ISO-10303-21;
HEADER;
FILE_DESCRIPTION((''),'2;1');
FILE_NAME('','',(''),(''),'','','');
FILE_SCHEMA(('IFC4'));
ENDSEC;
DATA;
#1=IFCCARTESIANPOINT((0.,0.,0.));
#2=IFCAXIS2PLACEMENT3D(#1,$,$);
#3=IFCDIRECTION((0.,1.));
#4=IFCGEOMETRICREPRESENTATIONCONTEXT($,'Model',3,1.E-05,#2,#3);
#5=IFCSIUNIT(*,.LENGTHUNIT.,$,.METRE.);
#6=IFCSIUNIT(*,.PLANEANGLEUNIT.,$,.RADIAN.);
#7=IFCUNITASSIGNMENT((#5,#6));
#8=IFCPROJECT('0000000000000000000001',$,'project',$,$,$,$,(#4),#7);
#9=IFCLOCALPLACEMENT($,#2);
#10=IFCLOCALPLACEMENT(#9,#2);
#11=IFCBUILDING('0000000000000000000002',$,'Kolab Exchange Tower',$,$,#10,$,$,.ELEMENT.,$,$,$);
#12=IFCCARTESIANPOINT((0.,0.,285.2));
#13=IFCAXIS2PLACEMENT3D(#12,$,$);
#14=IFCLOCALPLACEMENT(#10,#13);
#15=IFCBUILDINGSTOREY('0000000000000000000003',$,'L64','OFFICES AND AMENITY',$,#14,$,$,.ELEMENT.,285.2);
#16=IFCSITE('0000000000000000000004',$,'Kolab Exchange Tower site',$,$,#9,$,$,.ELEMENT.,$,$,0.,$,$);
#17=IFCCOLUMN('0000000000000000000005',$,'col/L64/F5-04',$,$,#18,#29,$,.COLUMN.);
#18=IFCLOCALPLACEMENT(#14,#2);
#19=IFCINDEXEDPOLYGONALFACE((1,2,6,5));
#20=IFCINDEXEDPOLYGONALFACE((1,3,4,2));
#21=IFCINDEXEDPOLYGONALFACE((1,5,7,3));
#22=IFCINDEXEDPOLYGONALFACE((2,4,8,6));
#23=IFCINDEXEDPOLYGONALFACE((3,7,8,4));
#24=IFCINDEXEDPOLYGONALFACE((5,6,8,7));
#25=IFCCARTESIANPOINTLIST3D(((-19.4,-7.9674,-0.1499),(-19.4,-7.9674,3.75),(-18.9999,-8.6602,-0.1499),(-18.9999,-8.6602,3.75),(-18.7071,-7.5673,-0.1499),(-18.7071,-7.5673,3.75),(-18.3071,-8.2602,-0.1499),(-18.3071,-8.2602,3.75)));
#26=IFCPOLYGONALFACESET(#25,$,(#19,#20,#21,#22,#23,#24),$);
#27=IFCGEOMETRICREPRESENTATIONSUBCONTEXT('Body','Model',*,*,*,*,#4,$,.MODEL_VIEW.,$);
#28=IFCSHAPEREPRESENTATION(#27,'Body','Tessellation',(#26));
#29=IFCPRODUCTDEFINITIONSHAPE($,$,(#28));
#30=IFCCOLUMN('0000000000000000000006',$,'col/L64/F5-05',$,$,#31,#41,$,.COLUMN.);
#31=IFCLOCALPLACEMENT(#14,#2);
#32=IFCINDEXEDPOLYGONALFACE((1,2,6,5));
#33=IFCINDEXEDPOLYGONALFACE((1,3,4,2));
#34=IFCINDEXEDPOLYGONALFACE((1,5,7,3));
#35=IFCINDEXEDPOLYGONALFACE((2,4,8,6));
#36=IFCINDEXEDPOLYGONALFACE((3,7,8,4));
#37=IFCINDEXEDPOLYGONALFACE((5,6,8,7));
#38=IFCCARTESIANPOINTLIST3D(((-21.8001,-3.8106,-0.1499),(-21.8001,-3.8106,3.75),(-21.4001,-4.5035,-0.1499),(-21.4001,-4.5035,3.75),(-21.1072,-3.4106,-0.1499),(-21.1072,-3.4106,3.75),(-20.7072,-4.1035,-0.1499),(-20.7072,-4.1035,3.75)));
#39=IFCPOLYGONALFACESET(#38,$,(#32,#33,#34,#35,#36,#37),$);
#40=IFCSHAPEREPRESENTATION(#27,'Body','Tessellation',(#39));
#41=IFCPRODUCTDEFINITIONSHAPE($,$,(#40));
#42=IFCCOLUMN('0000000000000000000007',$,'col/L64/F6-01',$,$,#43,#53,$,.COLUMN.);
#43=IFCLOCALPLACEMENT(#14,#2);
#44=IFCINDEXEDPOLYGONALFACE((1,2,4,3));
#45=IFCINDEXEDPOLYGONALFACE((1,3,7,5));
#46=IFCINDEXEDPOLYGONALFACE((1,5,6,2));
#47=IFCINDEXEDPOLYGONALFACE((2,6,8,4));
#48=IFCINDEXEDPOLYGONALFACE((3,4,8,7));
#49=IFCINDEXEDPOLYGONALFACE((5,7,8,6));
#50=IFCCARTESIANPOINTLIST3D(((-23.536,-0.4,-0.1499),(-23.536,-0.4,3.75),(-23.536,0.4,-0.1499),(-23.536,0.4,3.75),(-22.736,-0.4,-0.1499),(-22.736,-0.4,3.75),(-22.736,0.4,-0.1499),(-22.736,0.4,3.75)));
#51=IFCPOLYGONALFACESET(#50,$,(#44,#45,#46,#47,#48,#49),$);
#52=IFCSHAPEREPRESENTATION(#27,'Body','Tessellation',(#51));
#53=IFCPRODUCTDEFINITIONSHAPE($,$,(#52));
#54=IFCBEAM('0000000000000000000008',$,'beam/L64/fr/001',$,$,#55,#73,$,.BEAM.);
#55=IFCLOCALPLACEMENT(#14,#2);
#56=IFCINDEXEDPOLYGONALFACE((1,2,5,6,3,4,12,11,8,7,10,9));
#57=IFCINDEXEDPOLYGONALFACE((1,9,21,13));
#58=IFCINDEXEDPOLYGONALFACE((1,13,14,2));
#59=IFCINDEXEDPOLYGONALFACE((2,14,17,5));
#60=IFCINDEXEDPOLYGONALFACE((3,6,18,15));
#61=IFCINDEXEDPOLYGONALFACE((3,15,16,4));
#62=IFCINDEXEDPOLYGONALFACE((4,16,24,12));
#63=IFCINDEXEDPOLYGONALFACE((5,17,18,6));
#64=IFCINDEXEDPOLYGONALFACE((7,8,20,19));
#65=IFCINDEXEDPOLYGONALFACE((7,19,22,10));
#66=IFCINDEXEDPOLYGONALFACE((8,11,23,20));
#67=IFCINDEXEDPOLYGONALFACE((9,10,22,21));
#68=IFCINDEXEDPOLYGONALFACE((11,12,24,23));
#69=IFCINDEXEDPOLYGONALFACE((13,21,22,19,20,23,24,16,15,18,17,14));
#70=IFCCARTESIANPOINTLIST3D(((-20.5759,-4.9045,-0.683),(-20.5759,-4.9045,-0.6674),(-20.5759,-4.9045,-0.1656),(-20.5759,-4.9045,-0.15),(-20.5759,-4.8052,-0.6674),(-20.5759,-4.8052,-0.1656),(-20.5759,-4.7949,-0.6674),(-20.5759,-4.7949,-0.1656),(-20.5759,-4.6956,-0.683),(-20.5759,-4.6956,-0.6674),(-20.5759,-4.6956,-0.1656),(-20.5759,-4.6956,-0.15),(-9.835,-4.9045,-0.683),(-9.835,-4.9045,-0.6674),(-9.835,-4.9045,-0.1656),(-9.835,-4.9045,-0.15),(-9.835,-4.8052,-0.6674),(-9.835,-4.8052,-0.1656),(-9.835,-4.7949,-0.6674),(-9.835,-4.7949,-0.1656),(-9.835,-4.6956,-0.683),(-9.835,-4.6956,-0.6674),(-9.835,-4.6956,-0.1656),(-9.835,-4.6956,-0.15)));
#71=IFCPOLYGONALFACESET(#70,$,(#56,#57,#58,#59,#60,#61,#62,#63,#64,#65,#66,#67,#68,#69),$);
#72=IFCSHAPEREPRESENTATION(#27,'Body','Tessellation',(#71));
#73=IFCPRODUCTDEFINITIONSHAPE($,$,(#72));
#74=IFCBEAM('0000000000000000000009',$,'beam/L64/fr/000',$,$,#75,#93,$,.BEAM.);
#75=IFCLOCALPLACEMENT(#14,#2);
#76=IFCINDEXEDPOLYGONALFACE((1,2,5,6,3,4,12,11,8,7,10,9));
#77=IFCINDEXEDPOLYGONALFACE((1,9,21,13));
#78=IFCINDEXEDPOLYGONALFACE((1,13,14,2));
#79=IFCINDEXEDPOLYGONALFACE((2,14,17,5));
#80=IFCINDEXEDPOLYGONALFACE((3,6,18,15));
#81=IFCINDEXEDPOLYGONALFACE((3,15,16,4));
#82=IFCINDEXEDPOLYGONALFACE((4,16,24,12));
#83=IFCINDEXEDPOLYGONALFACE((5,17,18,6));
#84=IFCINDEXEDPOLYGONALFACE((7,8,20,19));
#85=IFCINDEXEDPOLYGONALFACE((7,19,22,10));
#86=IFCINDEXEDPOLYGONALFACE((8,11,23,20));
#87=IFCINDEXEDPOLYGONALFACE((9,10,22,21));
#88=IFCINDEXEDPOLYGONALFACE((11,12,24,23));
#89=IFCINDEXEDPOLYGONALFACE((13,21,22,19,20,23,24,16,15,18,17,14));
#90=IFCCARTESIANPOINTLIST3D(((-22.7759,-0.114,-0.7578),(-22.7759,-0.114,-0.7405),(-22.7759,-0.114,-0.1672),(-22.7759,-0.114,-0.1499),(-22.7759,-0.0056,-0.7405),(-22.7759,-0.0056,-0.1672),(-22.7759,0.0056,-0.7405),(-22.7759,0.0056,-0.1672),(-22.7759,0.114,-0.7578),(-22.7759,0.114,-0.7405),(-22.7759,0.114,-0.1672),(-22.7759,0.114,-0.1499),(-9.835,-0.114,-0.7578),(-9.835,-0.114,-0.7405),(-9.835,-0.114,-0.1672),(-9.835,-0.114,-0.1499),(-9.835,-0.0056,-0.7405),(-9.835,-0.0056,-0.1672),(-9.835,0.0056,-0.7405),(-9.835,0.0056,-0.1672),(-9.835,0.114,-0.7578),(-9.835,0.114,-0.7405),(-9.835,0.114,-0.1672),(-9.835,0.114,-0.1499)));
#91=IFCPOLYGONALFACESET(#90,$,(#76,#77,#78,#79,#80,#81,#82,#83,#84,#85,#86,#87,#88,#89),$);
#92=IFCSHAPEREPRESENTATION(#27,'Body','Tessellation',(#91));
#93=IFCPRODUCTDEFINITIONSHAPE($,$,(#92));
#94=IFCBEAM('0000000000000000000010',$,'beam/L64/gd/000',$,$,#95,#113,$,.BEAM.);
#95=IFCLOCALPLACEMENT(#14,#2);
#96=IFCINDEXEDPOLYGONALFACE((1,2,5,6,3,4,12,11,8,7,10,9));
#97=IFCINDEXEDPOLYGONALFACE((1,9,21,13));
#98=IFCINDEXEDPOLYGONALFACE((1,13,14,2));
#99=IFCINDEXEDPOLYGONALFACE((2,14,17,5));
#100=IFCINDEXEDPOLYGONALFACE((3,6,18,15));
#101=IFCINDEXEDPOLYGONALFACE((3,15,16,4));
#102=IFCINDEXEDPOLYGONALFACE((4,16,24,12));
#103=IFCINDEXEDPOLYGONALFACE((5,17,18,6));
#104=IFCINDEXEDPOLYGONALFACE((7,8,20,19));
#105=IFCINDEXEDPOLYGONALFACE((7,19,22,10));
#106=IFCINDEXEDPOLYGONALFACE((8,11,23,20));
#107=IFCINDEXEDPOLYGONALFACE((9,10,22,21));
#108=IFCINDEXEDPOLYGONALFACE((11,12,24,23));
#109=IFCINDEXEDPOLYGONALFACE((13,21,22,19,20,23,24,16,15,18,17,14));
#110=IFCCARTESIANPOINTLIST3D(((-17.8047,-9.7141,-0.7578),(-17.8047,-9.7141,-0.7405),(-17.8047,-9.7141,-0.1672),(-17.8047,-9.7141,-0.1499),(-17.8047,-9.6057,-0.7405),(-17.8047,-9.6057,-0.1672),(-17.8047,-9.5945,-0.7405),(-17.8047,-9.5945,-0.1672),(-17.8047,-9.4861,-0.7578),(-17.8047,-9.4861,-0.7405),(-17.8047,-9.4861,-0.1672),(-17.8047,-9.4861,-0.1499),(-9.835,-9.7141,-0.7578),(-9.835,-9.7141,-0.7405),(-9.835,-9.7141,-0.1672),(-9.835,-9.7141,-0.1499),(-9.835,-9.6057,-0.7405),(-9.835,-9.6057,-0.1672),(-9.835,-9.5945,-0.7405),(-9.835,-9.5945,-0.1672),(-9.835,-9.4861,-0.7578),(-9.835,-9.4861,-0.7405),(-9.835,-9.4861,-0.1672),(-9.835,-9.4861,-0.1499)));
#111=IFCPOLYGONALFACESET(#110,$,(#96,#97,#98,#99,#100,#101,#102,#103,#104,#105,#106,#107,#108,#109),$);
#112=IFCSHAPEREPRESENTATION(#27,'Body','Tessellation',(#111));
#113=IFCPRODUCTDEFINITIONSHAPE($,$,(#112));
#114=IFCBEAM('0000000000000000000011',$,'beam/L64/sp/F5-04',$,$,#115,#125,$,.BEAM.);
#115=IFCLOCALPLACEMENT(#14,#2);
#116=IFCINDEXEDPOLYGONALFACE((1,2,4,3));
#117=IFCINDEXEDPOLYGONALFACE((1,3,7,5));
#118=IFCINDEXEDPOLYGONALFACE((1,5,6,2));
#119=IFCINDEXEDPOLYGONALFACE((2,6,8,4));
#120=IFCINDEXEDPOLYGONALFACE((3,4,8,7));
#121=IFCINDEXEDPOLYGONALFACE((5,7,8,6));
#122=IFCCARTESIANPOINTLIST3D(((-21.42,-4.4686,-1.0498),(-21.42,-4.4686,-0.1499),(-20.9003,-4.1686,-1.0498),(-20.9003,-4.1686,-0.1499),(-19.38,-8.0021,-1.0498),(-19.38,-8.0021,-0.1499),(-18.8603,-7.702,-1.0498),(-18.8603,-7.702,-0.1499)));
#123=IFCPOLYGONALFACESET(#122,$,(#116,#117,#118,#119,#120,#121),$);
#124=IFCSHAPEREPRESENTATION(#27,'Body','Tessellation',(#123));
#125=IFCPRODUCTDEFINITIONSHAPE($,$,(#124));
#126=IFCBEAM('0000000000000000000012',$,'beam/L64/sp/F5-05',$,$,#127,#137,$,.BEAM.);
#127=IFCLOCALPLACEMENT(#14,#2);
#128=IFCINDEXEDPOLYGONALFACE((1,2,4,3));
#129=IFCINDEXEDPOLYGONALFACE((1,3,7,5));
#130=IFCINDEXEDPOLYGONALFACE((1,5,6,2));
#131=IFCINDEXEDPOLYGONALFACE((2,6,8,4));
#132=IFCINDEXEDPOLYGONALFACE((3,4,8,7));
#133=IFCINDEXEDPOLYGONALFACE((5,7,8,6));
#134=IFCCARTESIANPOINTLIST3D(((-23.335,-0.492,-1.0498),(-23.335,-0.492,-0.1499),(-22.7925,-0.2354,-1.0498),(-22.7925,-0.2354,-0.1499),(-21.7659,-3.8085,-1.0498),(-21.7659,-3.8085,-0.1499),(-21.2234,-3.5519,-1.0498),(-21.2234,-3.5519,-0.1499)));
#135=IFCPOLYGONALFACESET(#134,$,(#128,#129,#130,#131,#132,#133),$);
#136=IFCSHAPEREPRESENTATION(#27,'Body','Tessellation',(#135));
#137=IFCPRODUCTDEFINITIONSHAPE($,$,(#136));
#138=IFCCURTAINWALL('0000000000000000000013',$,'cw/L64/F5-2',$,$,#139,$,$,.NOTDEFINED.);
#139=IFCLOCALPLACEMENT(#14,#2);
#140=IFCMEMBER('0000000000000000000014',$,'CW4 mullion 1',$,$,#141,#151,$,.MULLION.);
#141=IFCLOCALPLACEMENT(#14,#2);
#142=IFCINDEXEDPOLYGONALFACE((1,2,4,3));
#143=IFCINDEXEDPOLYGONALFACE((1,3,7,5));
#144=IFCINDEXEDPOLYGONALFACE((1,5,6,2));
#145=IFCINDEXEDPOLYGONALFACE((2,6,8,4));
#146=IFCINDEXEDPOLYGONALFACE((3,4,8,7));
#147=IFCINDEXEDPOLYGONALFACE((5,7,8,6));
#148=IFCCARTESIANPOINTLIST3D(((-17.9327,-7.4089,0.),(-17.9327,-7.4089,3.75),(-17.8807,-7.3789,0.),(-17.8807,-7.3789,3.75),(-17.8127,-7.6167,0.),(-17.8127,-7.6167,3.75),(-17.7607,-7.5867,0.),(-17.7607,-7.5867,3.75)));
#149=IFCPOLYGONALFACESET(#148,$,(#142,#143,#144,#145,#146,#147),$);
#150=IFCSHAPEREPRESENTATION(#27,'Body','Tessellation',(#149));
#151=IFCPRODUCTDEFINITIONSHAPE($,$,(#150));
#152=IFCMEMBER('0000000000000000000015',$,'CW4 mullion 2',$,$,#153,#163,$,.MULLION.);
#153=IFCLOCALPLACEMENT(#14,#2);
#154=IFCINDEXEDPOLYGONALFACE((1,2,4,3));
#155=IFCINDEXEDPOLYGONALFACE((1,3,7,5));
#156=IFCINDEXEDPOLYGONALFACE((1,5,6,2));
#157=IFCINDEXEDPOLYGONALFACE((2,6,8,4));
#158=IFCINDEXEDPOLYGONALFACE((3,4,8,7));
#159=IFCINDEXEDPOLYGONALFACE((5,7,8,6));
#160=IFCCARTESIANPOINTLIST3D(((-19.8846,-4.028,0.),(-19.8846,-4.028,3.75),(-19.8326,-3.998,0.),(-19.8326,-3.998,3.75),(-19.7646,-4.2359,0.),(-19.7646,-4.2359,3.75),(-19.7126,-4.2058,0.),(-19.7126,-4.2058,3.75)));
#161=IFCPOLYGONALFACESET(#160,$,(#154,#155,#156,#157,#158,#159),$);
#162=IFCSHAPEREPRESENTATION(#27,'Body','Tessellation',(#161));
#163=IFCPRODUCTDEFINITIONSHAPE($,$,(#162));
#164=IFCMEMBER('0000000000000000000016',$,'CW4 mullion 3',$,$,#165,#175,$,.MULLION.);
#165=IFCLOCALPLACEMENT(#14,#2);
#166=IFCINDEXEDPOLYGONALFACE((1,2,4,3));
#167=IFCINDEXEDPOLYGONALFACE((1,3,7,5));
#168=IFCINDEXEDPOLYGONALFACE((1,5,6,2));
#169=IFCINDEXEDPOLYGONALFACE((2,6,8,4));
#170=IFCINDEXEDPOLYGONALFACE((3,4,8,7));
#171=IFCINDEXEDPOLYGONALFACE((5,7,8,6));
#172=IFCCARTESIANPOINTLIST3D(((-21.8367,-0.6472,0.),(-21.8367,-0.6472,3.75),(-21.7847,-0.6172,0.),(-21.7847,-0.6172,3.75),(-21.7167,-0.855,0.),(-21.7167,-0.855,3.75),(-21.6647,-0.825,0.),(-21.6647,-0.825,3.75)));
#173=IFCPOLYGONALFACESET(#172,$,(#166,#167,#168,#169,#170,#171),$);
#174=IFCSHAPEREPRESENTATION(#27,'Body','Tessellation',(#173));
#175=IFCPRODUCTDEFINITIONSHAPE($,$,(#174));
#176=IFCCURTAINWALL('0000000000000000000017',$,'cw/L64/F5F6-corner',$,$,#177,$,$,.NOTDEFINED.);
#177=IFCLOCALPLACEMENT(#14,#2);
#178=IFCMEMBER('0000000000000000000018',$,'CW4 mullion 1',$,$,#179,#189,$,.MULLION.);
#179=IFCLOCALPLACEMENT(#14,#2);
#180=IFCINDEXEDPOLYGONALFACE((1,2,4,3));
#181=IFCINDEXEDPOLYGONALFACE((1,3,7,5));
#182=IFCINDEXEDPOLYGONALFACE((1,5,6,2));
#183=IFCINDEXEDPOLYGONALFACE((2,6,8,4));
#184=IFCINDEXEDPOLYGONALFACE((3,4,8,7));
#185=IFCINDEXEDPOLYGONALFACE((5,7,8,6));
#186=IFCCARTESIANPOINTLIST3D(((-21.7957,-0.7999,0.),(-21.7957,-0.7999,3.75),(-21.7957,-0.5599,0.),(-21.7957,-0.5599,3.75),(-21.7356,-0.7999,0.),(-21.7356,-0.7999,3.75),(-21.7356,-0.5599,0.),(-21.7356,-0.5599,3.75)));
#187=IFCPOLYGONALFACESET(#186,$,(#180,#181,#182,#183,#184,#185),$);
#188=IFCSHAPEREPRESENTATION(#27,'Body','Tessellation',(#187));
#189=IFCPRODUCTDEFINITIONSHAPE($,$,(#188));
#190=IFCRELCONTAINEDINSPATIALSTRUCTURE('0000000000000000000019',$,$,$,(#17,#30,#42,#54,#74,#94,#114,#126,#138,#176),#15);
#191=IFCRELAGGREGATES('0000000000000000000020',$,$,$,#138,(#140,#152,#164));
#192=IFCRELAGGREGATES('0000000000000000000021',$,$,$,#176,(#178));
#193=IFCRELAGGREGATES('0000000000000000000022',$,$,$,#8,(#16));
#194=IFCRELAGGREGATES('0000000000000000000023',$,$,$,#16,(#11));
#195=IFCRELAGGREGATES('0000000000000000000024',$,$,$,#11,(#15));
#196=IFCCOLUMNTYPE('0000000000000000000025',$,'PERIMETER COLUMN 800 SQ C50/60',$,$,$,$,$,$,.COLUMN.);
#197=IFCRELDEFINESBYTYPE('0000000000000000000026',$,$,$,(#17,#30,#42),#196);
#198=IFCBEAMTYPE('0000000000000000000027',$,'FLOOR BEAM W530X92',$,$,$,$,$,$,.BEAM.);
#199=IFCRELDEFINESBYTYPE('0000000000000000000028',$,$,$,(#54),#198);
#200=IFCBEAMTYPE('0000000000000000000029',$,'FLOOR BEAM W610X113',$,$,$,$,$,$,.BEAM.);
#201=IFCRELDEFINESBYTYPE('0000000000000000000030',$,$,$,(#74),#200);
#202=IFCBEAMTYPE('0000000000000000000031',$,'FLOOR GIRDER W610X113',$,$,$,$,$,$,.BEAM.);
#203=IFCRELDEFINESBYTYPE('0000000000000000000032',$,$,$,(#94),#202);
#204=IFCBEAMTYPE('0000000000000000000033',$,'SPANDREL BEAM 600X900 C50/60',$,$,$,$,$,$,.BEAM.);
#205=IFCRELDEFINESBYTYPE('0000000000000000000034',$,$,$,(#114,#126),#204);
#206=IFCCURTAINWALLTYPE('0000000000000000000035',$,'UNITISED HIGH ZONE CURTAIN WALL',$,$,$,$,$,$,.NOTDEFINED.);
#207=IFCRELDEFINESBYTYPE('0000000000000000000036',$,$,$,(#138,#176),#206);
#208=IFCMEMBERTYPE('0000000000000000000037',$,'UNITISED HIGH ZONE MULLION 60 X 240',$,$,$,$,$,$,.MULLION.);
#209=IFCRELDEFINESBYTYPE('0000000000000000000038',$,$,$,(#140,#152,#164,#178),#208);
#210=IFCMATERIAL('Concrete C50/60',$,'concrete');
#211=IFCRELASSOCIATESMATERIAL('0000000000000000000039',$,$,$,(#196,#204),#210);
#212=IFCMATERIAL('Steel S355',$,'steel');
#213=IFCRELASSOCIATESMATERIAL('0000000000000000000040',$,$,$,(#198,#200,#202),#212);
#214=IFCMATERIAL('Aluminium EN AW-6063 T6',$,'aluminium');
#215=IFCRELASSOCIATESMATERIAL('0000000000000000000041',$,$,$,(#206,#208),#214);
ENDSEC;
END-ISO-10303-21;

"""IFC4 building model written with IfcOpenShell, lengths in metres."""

from ifc_helpers import new_model, si_unit, direction, frame, origin, origin_2d, place, context, subcontext, project, spatial, rectangle, i_section, extrude, material, material_profile, profile_set, type_object, element, aggregate, save


model = new_model("IFC4")

# Units and contexts
model_context = context("Model", 3, precision=1e-05, world=origin(), true_north=direction((0.0, 1.0)))
body_context = subcontext(model_context, "Body", "Model", "MODEL_VIEW")
ifc_project = project(units=[si_unit("LENGTHUNIT", "METRE"), si_unit("PLANEANGLEUNIT", "RADIAN")], contexts=[model_context])

# Site, building, storey
site_placement = place(None, origin())
site = spatial("IfcSite", under=ifc_project, at=site_placement, Name="Kolab Exchange Tower site", CompositionType="ELEMENT", RefElevation=0.0)
building_placement = place(site_placement, origin())
building = spatial("IfcBuilding", under=site, at=building_placement, Name="Kolab Exchange Tower", CompositionType="ELEMENT")
storey_placement = place(building_placement, frame((0.0, 0.0, 285.2)))
storey = spatial("IfcBuildingStorey", under=building, at=storey_placement, Name="L64", Description="OFFICES AND AMENITY", CompositionType="ELEMENT", Elevation=285.2)

# Columns
ifc_material_1 = material(Name="Concrete C50/60", Category="concrete")
ifc_material_profile_1 = material_profile(ifc_material_1, rectangle(XDim=0.8, YDim=0.8, at=origin_2d()), Name="RC800")
ifc_profile_set_1 = profile_set([ifc_material_profile_1], Name="Concrete C50/60")
column_type = type_object("IfcColumnType", Name="PERIMETER COLUMN 800 SQ C50/60", PredefinedType="COLUMN", material=ifc_profile_set_1)
for number, where, z_axis, x_axis, name in (
    (1, (-18.8535, -8.1138, -0.1499), (0.0, 0.0, 1.0), (0.866025, 0.5, 0.0), "col/L64/F5-04"),
    (2, (-21.2537, -3.957, -0.1499), (0.0, 0.0, 1.0), (0.866025, 0.5, 0.0), "col/L64/F5-05"),
    (3, (-23.136, 0.0, -0.1499), (0.0, 0.0, 1.0), (1.0, 0.0, 0.0), "col/L64/F6-01"),
):
    element("IfcColumn", number, at=place(storey_placement, frame(where, z_axis=z_axis, x_axis=x_axis)), inside=storey, type_object=column_type, Name=name, PredefinedType="COLUMN", context=body_context, shape_type="SweptSolid", body=[
        extrude(rectangle(XDim=0.8, YDim=0.8, at=origin_2d()), origin(), (0.0, 0.0, 1.0), 3.8999),
    ])

# Beams
ifc_material_2 = material(Name="Steel S355", Category="steel")
ifc_material_profile_2 = material_profile(ifc_material_2, i_section(OverallWidth=0.209, OverallDepth=0.533, WebThickness=0.0103, FlangeThickness=0.0156, at=origin_2d()), Name="W530X92")
ifc_profile_set_2 = profile_set([ifc_material_profile_2], Name="Steel S355")
beam_type_1 = type_object("IfcBeamType", Name="FLOOR BEAM W530X92", PredefinedType="BEAM", material=ifc_profile_set_2)
beam_1_placement = place(storey_placement, frame((-20.5759, -4.8, -0.4165), z_axis=(1.0, 0.0, 0.0), x_axis=(0.0, 1.0, 0.0)))
element("IfcBeam", 4, at=beam_1_placement, inside=storey, type_object=beam_type_1, Name="beam/L64/fr/001", PredefinedType="BEAM", context=body_context, shape_type="SweptSolid", body=[
    extrude(i_section(OverallWidth=0.209, OverallDepth=0.533, WebThickness=0.0103, FlangeThickness=0.0156, at=origin_2d()), origin(), (0.0, 0.0, 1.0), 10.741),
])
ifc_material_profile_3 = material_profile(ifc_material_2, i_section(OverallWidth=0.228, OverallDepth=0.6079, WebThickness=0.0112, FlangeThickness=0.0173, at=origin_2d()), Name="W610X113")
ifc_profile_set_3 = profile_set([ifc_material_profile_3], Name="Steel S355")
beam_type_2 = type_object("IfcBeamType", Name="FLOOR BEAM W610X113", PredefinedType="BEAM", material=ifc_profile_set_3)
beam_2_placement = place(storey_placement, frame((-22.7759, 0.0, -0.4539), z_axis=(1.0, 0.0, 0.0), x_axis=(0.0, 1.0, 0.0)))
element("IfcBeam", 5, at=beam_2_placement, inside=storey, type_object=beam_type_2, Name="beam/L64/fr/000", PredefinedType="BEAM", context=body_context, shape_type="SweptSolid", body=[
    extrude(i_section(OverallWidth=0.228, OverallDepth=0.6079, WebThickness=0.0112, FlangeThickness=0.0173, at=origin_2d()), origin(), (0.0, 0.0, 1.0), 12.9409),
])
ifc_material_profile_4 = material_profile(ifc_material_2, i_section(OverallWidth=0.228, OverallDepth=0.6079, WebThickness=0.0112, FlangeThickness=0.0173, at=origin_2d()), Name="W610X113")
ifc_profile_set_4 = profile_set([ifc_material_profile_4], Name="Steel S355")
beam_type_3 = type_object("IfcBeamType", Name="FLOOR GIRDER W610X113", PredefinedType="BEAM", material=ifc_profile_set_4)
beam_3_placement = place(storey_placement, frame((-17.8047, -9.6001, -0.4539), z_axis=(1.0, 0.0, 0.0), x_axis=(0.0, 1.0, 0.0)))
element("IfcBeam", 6, at=beam_3_placement, inside=storey, type_object=beam_type_3, Name="beam/L64/gd/000", PredefinedType="BEAM", context=body_context, shape_type="SweptSolid", body=[
    extrude(i_section(OverallWidth=0.228, OverallDepth=0.6079, WebThickness=0.0112, FlangeThickness=0.0173, at=origin_2d()), origin(), (0.0, 0.0, 1.0), 7.9697),
])
ifc_material_profile_5 = material_profile(ifc_material_1, rectangle(XDim=0.6001, YDim=0.8999, at=origin_2d()), Name="RC600X900")
ifc_profile_set_5 = profile_set([ifc_material_profile_5], Name="Concrete C50/60")
beam_type_4 = type_object("IfcBeamType", Name="SPANDREL BEAM 600X900 C50/60", PredefinedType="BEAM", material=ifc_profile_set_5)
beam_4_placement = place(storey_placement, frame((-19.1201, -7.8521, -0.5999), z_axis=(-0.5, 0.866025, 0.0), x_axis=(-0.866025, -0.5, 0.0)))
element("IfcBeam", 7, at=beam_4_placement, inside=storey, type_object=beam_type_4, Name="beam/L64/sp/F5-04", PredefinedType="BEAM", context=body_context, shape_type="SweptSolid", body=[
    extrude(rectangle(XDim=0.6001, YDim=0.8999, at=origin_2d()), origin(), (0.0, 0.0, 1.0), 4.0801),
])
beam_5_placement = place(storey_placement, frame((-21.4946, -3.6802, -0.5999), z_axis=(-0.427677, 0.903932, 0.0), x_axis=(-0.903932, -0.427677, 0.0)))
element("IfcBeam", 8, at=beam_5_placement, inside=storey, type_object=beam_type_4, Name="beam/L64/sp/F5-05", PredefinedType="BEAM", context=body_context, shape_type="SweptSolid", body=[
    extrude(rectangle(XDim=0.6001, YDim=0.8999, at=origin_2d()), origin(), (0.0, 0.0, 1.0), 3.6689),
])

# Curtain wall, members
ifc_material_3 = material(Name="Aluminium EN AW-6063 T6", Category="aluminium")
curtain_wall_type = type_object("IfcCurtainWallType", Name="UNITISED HIGH ZONE CURTAIN WALL", PredefinedType="NOTDEFINED", material=ifc_material_3)
curtain_wall_1_placement = place(storey_placement, origin())
curtain_wall_1 = element("IfcCurtainWall", 9, at=curtain_wall_1_placement, inside=storey, type_object=curtain_wall_type, Name="cw/L64/F5-2", PredefinedType="NOTDEFINED")
ifc_material_profile_6 = material_profile(ifc_material_3, rectangle(XDim=0.0601, YDim=0.24, at=origin_2d()), Name="RECT 60X240")
ifc_profile_set_6 = profile_set([ifc_material_profile_6], Name="Aluminium EN AW-6063 T6")
member_type_1 = type_object("IfcMemberType", Name="UNITISED HIGH ZONE MULLION 60 X 240", PredefinedType="MULLION", material=ifc_profile_set_6)
member_1_placement = place(storey_placement, frame((-17.8467, -7.4978, 0.0), z_axis=(0.0, 0.0, 1.0), x_axis=(-0.866025, -0.5, 0.0)))
member_1 = element("IfcMember", 10, at=member_1_placement, type_object=member_type_1, Name="CW4 mullion 1", PredefinedType="MULLION", context=body_context, shape_type="SweptSolid", body=[
    extrude(rectangle(XDim=0.0601, YDim=0.24, at=origin_2d()), origin(), (0.0, 0.0, 1.0), 3.75),
])
member_2_placement = place(storey_placement, frame((-19.7986, -4.1169, 0.0), z_axis=(0.0, 0.0, 1.0), x_axis=(-0.866025, -0.5, 0.0)))
member_2 = element("IfcMember", 11, at=member_2_placement, type_object=member_type_1, Name="CW4 mullion 2", PredefinedType="MULLION", context=body_context, shape_type="SweptSolid", body=[
    extrude(rectangle(XDim=0.0601, YDim=0.24, at=origin_2d()), origin(), (0.0, 0.0, 1.0), 3.75),
])
member_3_placement = place(storey_placement, frame((-21.7507, -0.7361, 0.0), z_axis=(0.0, 0.0, 1.0), x_axis=(-0.866025, -0.5, 0.0)))
member_3 = element("IfcMember", 12, at=member_3_placement, type_object=member_type_1, Name="CW4 mullion 3", PredefinedType="MULLION", context=body_context, shape_type="SweptSolid", body=[
    extrude(rectangle(XDim=0.0601, YDim=0.24, at=origin_2d()), origin(), (0.0, 0.0, 1.0), 3.75),
])

# Curtain wall, member
curtain_wall_2_placement = place(storey_placement, origin())
curtain_wall_2 = element("IfcCurtainWall", 13, at=curtain_wall_2_placement, inside=storey, type_object=curtain_wall_type, Name="cw/L64/F5F6-corner", PredefinedType="NOTDEFINED")
member_4_placement = place(storey_placement, frame((-21.7656, -0.6799, 0.0), z_axis=(0.0, 0.0, 1.0), x_axis=(-1.0, 0.0, 0.0)))
member_4 = element("IfcMember", 14, at=member_4_placement, type_object=member_type_1, Name="CW4 mullion 1", PredefinedType="MULLION", context=body_context, shape_type="SweptSolid", body=[
    extrude(rectangle(XDim=0.0601, YDim=0.24, at=origin_2d()), origin(), (0.0, 0.0, 1.0), 3.75),
])

aggregate(curtain_wall_1, [member_1, member_2, member_3])
aggregate(curtain_wall_2, [member_4])

save(model, "model.ifc")
